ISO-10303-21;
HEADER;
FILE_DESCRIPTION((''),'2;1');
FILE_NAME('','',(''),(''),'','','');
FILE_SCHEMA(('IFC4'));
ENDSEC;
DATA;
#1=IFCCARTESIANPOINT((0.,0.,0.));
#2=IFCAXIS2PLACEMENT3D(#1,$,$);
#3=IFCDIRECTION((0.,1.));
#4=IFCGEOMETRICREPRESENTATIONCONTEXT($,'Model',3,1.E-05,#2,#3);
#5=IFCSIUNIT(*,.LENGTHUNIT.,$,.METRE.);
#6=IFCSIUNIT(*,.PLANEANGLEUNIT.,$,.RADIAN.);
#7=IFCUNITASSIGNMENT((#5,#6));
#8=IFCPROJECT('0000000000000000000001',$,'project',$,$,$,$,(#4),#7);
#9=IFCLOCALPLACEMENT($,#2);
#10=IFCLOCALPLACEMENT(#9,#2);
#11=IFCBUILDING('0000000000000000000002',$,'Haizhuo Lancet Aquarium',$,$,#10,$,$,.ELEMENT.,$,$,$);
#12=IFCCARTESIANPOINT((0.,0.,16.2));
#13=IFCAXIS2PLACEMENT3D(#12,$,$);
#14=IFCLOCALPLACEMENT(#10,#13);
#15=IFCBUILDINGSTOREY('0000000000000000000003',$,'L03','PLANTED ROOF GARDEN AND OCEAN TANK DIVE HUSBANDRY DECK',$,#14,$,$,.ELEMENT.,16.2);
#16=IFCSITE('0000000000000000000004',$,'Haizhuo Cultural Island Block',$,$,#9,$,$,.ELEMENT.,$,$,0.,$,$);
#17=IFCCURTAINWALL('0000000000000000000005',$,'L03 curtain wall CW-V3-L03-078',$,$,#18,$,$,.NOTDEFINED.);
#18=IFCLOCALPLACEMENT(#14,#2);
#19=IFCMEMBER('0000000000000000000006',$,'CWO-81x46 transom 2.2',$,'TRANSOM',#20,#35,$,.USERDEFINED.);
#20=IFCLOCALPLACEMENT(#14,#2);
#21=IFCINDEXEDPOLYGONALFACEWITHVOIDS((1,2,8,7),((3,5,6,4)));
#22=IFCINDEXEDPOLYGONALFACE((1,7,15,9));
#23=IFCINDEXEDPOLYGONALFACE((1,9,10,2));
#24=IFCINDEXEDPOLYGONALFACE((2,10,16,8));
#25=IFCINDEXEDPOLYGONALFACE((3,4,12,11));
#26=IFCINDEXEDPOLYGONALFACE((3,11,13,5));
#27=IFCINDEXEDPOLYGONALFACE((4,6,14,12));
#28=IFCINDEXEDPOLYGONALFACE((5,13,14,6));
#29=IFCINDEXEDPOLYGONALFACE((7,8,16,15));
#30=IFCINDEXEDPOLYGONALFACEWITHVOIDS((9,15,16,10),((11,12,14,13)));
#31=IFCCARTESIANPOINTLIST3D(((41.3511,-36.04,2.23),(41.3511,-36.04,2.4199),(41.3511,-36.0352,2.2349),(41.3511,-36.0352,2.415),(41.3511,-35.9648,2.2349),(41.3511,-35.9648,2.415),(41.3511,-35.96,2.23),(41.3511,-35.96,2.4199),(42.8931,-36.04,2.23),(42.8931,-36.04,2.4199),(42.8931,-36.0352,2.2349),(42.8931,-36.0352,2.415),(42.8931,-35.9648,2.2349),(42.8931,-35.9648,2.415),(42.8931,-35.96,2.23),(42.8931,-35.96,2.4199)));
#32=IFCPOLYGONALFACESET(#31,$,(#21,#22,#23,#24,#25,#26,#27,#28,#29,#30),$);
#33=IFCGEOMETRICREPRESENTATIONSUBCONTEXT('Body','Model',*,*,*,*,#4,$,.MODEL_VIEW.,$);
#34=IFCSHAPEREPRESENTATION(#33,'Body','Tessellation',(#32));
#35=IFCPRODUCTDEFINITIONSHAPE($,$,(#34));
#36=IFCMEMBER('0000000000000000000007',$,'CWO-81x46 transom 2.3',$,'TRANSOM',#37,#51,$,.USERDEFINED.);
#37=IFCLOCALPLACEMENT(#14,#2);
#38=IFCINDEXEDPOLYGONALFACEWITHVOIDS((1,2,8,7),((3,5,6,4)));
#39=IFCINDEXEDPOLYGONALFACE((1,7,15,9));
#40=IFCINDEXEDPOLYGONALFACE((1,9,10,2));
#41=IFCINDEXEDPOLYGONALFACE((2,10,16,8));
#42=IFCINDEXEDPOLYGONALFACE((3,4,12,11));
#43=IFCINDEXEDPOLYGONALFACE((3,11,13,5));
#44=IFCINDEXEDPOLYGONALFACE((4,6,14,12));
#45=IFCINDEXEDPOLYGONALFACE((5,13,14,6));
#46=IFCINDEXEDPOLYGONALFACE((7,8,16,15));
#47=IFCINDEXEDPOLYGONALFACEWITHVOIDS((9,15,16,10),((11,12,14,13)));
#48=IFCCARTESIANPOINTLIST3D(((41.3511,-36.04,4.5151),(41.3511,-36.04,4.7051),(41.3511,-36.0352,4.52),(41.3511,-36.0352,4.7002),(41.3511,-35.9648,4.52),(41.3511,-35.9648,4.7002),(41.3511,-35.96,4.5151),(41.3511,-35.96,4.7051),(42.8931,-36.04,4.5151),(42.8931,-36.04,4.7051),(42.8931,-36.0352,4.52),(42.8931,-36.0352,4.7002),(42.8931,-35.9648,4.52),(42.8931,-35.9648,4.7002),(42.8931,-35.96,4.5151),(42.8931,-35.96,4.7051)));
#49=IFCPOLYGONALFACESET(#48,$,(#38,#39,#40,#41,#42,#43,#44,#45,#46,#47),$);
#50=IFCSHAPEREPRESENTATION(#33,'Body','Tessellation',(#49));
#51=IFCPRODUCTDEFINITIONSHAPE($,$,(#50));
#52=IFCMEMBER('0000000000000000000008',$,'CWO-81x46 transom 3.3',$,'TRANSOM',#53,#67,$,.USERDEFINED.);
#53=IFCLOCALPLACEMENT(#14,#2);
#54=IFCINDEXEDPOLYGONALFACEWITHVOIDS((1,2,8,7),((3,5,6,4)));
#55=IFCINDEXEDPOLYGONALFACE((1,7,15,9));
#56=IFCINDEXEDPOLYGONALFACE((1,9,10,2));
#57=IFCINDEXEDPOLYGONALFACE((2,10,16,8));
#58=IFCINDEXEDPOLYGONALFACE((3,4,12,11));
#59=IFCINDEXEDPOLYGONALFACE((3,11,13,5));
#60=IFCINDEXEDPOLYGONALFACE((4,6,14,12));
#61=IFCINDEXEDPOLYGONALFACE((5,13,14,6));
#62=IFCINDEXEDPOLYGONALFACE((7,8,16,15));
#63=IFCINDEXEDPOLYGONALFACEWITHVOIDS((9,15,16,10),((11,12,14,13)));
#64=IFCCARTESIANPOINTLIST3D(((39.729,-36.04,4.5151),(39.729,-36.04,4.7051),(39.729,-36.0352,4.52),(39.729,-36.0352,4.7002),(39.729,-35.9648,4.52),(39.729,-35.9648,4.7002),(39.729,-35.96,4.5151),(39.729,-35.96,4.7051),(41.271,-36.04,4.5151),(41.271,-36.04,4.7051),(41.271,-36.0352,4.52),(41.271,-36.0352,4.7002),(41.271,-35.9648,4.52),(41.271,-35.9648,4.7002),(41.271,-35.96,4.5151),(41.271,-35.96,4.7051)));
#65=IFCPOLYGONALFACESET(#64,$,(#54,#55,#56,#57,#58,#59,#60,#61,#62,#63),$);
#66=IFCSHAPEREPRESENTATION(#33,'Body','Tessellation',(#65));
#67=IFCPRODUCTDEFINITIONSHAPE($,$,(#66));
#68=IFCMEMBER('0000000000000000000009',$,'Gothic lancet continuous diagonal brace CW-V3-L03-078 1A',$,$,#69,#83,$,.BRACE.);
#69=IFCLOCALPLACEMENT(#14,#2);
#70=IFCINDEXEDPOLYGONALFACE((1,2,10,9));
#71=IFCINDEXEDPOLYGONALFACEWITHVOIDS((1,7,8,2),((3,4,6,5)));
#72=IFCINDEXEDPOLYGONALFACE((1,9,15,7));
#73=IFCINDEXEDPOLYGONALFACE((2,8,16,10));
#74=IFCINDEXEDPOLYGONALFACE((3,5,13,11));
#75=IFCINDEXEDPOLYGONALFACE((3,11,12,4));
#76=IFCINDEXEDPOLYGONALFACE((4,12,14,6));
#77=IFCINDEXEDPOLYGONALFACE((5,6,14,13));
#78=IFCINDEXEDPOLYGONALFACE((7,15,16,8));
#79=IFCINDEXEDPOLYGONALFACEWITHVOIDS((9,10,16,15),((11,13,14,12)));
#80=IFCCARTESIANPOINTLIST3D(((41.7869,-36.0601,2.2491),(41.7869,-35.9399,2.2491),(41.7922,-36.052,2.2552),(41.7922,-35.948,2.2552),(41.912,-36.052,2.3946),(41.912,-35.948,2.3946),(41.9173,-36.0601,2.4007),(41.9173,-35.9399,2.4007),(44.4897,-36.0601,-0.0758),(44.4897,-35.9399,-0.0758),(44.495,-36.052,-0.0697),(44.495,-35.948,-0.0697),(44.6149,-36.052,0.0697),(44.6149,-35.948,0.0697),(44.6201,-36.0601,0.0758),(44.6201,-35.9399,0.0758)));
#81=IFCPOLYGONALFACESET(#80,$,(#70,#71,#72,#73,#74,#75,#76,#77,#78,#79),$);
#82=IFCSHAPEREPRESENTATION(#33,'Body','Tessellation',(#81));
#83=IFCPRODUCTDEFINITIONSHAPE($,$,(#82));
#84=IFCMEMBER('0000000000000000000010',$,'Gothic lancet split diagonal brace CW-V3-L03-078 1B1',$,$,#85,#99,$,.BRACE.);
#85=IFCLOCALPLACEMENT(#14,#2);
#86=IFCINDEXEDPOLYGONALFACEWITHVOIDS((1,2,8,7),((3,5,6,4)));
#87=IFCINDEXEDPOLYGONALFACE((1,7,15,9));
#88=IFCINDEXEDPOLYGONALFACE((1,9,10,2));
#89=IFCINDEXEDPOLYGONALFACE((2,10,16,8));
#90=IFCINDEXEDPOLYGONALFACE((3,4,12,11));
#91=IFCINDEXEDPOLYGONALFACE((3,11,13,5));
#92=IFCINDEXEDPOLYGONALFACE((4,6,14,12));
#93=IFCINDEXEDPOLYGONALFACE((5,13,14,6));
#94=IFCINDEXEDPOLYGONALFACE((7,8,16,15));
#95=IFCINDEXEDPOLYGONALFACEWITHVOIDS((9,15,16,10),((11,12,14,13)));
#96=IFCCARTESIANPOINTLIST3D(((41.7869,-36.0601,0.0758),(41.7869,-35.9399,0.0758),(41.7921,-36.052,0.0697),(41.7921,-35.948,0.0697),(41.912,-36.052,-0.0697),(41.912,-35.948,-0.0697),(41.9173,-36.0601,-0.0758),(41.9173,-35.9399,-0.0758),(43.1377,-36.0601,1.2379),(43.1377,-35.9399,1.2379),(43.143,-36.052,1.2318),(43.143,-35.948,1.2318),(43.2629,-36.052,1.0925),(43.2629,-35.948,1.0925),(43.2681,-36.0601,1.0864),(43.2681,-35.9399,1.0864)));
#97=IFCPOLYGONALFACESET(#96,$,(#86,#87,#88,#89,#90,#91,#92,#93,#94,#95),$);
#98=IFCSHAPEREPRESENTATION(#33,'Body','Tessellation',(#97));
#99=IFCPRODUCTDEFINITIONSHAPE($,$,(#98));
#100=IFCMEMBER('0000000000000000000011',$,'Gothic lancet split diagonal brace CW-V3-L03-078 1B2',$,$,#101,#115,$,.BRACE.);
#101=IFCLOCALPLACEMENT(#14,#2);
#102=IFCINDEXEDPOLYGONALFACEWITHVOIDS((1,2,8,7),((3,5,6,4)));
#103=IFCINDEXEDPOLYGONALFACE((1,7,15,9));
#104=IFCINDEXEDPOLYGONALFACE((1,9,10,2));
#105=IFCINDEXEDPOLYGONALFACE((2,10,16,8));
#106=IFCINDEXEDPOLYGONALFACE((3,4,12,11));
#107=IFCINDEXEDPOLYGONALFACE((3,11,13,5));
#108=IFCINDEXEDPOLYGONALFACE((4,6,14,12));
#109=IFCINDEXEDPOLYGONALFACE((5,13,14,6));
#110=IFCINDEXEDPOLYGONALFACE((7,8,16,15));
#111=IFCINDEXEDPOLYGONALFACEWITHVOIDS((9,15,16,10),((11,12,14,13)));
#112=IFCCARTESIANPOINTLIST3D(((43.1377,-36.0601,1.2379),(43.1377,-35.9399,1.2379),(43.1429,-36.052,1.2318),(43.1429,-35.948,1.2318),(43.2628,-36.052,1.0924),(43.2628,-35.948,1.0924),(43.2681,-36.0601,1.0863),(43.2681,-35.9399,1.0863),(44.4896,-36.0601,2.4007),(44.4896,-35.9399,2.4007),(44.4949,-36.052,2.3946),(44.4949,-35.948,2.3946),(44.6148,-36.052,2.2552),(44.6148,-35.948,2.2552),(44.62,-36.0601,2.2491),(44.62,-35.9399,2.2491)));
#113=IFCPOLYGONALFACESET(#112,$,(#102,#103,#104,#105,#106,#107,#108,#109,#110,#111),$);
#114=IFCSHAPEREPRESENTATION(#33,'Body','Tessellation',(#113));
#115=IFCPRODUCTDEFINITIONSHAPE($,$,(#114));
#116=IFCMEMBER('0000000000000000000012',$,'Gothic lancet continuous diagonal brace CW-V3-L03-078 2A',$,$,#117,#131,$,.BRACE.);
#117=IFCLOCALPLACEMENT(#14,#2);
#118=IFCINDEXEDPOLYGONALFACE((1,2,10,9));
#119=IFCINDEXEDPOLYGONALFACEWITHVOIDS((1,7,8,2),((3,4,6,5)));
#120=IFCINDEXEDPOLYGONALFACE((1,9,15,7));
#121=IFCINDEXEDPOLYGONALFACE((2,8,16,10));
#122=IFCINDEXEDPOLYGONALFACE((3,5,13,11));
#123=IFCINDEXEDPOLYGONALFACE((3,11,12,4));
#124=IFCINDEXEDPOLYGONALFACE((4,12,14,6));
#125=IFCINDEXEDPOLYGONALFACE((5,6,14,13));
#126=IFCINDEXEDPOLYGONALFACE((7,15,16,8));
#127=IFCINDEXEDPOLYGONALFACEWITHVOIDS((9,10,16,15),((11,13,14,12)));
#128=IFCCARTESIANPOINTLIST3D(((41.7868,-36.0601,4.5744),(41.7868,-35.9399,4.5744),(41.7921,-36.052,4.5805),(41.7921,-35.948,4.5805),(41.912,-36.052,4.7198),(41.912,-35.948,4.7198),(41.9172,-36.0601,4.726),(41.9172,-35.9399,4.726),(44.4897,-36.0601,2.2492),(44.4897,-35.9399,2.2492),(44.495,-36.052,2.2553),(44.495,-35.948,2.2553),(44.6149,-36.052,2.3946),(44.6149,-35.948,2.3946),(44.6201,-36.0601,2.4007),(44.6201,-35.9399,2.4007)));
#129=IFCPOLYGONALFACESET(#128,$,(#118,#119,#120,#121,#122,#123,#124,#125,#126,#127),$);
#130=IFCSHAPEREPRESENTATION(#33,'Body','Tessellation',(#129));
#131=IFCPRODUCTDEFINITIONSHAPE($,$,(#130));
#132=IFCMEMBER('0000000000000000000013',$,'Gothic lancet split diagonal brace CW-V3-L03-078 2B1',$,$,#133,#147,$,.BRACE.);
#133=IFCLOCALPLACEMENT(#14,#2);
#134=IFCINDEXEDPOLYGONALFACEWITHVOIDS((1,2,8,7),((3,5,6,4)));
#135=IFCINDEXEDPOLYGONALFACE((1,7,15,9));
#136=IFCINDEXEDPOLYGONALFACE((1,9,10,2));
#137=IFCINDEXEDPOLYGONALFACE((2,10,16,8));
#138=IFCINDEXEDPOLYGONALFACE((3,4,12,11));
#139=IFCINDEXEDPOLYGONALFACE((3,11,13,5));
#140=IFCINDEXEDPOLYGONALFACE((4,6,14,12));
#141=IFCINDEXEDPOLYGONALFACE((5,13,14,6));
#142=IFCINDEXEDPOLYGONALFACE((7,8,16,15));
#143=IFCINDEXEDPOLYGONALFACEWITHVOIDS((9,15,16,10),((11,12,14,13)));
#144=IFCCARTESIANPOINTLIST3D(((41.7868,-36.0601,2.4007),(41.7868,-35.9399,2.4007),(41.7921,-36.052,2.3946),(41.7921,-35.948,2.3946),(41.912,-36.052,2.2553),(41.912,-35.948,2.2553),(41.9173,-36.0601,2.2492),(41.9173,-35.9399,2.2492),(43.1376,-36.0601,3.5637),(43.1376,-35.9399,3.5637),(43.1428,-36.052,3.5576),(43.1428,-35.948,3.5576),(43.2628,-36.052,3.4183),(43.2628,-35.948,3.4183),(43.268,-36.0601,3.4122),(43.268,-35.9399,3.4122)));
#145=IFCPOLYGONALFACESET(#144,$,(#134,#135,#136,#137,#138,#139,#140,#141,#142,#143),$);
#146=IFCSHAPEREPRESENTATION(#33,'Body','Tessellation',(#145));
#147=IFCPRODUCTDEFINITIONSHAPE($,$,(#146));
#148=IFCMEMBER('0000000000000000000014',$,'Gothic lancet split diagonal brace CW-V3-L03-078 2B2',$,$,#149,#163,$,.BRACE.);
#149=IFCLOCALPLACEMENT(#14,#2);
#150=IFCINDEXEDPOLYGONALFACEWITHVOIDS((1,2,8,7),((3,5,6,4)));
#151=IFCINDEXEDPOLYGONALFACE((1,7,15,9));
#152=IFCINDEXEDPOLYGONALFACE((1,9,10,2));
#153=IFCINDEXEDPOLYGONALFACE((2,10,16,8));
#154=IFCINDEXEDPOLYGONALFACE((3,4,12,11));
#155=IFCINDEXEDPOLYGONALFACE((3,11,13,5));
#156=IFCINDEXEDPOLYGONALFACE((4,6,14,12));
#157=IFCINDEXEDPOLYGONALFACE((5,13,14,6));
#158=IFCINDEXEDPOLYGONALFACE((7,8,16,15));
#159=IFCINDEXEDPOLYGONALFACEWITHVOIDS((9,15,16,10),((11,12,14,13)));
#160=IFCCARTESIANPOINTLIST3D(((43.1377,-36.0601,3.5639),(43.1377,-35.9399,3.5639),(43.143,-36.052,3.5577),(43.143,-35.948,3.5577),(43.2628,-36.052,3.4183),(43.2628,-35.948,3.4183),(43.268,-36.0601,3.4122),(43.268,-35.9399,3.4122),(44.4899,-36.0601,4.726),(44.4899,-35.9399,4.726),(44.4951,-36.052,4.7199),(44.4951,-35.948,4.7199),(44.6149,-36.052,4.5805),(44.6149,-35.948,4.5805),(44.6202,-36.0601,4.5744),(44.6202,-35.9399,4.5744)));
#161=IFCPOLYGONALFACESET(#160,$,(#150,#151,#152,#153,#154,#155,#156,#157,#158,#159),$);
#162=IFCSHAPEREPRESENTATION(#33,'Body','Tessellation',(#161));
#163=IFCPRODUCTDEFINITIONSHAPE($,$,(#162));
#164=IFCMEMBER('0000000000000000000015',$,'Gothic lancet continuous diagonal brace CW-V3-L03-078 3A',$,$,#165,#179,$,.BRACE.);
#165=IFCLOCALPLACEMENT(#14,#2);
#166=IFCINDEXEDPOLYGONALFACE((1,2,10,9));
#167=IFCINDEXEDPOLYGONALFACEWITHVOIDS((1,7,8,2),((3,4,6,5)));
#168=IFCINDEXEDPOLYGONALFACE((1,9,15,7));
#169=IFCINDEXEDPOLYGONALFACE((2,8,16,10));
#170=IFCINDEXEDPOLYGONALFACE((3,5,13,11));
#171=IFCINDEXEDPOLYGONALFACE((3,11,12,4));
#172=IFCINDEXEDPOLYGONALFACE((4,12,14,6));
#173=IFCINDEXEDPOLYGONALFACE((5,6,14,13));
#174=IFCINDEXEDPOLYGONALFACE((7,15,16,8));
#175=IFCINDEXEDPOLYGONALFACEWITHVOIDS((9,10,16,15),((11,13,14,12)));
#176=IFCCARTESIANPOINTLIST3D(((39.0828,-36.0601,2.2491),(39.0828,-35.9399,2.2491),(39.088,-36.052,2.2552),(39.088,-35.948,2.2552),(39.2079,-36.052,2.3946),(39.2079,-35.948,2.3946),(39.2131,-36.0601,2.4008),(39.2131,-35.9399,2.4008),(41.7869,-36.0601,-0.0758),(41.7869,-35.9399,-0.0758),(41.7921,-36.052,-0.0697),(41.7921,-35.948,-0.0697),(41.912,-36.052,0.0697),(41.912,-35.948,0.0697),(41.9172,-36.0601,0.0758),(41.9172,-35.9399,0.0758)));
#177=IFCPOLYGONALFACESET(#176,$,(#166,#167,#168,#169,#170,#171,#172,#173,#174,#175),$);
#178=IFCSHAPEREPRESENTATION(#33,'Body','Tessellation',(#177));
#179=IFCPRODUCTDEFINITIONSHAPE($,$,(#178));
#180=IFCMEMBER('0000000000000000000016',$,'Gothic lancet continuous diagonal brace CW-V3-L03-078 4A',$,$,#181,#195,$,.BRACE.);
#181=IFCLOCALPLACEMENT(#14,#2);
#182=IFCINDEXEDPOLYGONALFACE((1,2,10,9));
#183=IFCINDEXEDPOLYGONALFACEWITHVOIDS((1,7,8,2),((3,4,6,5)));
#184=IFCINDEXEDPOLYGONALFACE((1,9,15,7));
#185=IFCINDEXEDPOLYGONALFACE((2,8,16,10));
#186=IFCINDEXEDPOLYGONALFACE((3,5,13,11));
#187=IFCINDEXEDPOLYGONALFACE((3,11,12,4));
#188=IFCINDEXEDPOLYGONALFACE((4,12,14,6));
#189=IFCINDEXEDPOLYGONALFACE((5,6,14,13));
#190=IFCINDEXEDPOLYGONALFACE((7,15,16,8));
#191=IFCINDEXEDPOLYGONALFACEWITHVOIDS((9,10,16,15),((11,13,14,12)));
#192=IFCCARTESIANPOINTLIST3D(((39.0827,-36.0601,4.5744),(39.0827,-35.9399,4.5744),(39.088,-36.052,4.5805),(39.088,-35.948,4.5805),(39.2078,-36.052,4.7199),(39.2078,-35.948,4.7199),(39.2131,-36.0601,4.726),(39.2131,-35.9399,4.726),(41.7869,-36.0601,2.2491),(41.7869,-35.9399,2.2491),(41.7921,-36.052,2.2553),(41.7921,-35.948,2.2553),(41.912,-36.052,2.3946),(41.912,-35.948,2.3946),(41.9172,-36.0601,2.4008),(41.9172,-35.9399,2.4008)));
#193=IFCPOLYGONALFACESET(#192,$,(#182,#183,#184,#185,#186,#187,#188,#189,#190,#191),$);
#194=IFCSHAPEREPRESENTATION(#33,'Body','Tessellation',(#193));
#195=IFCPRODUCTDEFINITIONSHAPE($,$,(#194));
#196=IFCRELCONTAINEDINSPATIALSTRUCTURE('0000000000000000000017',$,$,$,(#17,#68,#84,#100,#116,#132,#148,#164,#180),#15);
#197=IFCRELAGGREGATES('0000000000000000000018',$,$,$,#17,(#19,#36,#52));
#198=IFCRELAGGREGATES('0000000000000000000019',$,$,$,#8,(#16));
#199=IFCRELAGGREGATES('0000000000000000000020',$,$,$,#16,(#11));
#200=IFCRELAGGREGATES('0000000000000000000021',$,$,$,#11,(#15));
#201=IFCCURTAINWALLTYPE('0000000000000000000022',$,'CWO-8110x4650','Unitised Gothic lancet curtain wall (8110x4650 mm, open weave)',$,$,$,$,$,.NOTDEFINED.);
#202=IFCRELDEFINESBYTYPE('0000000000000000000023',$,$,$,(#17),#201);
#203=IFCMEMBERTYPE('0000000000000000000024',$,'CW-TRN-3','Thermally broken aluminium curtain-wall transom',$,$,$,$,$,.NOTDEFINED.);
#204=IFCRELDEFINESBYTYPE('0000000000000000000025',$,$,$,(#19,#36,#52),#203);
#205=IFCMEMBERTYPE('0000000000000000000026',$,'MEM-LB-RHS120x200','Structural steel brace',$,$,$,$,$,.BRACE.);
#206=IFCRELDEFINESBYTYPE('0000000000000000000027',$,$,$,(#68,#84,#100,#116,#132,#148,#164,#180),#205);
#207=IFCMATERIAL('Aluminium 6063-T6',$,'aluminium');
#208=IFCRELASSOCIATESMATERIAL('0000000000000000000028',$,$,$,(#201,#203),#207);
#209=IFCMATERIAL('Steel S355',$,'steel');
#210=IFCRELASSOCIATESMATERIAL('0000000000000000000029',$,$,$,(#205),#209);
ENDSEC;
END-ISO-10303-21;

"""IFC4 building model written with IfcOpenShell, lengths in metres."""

from ifc_helpers import new_model, si_unit, direction, frame, origin, origin_2d, place, context, subcontext, project, spatial, hollow_rectangle, extrude, material, material_profile, profile_set, type_object, element, aggregate, save


model = new_model("IFC4")

# Units and contexts
model_context = context("Model", 3, precision=1e-05, world=origin(), true_north=direction((0.0, 1.0)))
body_context = subcontext(model_context, "Body", "Model", "MODEL_VIEW")
ifc_project = project(units=[si_unit("LENGTHUNIT", "METRE"), si_unit("PLANEANGLEUNIT", "RADIAN")], contexts=[model_context])

# Site, building, storey
site_placement = place(None, origin())
site = spatial("IfcSite", under=ifc_project, at=site_placement, Name="Haizhuo Cultural Island Block", CompositionType="ELEMENT", RefElevation=0.0)
building_placement = place(site_placement, origin())
building = spatial("IfcBuilding", under=site, at=building_placement, Name="Haizhuo Lancet Aquarium", CompositionType="ELEMENT")
storey_placement = place(building_placement, frame((0.0, 0.0, 16.2)))
storey = spatial("IfcBuildingStorey", under=building, at=storey_placement, Name="L03", Description="PLANTED ROOF GARDEN AND OCEAN TANK DIVE HUSBANDRY DECK", CompositionType="ELEMENT", Elevation=16.2)

# Curtain wall, members
ifc_material_1 = material(Name="Aluminium 6063-T6", Category="aluminium")
curtain_wall_type = type_object("IfcCurtainWallType", Name="CWO-8110x4650", Description="Unitised Gothic lancet curtain wall (8110x4650 mm, open weave)", PredefinedType="NOTDEFINED", material=ifc_material_1)
curtain_wall_placement = place(storey_placement, origin())
curtain_wall = element("IfcCurtainWall", 1, at=curtain_wall_placement, inside=storey, type_object=curtain_wall_type, Name="L03 curtain wall CW-V3-L03-078", PredefinedType="NOTDEFINED")
ifc_material_profile_1 = material_profile(ifc_material_1, hollow_rectangle(XDim=0.0801, YDim=0.1899, WallThickness=0.0049, at=origin_2d()), Name="ALU-T 80x190x5")
ifc_profile_set_1 = profile_set([ifc_material_profile_1], Name="Aluminium 6063-T6")
member_type_1 = type_object("IfcMemberType", Name="CW-TRN-3", Description="Thermally broken aluminium curtain-wall transom", PredefinedType="NOTDEFINED", material=ifc_profile_set_1)
member_1_placement = place(storey_placement, frame((42.8931, -36.0, 2.325), z_axis=(-1.0, 0.0, 0.0), x_axis=(0.0, -1.0, 0.0)))
member_1 = element("IfcMember", 2, at=member_1_placement, type_object=member_type_1, Name="CWO-81x46 transom 2.2", ObjectType="TRANSOM", PredefinedType="USERDEFINED", context=body_context, shape_type="SweptSolid", body=[
    extrude(hollow_rectangle(XDim=0.0801, YDim=0.1899, WallThickness=0.0049, at=origin_2d()), origin(), (0.0, 0.0, 1.0), 1.542),
])
member_2_placement = place(storey_placement, frame((42.8931, -36.0, 4.6101), z_axis=(-1.0, 0.0, 0.0), x_axis=(0.0, -1.0, 0.0)))
member_2 = element("IfcMember", 3, at=member_2_placement, type_object=member_type_1, Name="CWO-81x46 transom 2.3", ObjectType="TRANSOM", PredefinedType="USERDEFINED", context=body_context, shape_type="SweptSolid", body=[
    extrude(hollow_rectangle(XDim=0.0801, YDim=0.1899, WallThickness=0.0049, at=origin_2d()), origin(), (0.0, 0.0, 1.0), 1.542),
])
member_3_placement = place(storey_placement, frame((41.271, -36.0, 4.6101), z_axis=(-1.0, 0.0, 0.0), x_axis=(0.0, -1.0, 0.0)))
member_3 = element("IfcMember", 4, at=member_3_placement, type_object=member_type_1, Name="CWO-81x46 transom 3.3", ObjectType="TRANSOM", PredefinedType="USERDEFINED", context=body_context, shape_type="SweptSolid", body=[
    extrude(hollow_rectangle(XDim=0.0801, YDim=0.1899, WallThickness=0.0049, at=origin_2d()), origin(), (0.0, 0.0, 1.0), 1.542),
])

# Members
ifc_material_2 = material(Name="Steel S355", Category="steel")
ifc_material_profile_2 = material_profile(ifc_material_2, hollow_rectangle(XDim=0.1201, YDim=0.2, WallThickness=0.0081, at=origin_2d()), Name="RHS 120x200x8")
ifc_profile_set_2 = profile_set([ifc_material_profile_2], Name="Steel S355")
member_type_2 = type_object("IfcMemberType", Name="MEM-LB-RHS120x200", Description="Structural steel brace", PredefinedType="BRACE", material=ifc_profile_set_2)
member_4_placement = place(storey_placement, frame((44.5549, -36.0, 0.0), z_axis=(-0.75812, 0.0, 0.652116), x_axis=(0.0, -1.0, 0.0)))
element("IfcMember", 5, at=member_4_placement, inside=storey, type_object=member_type_2, Name="Gothic lancet continuous diagonal brace CW-V3-L03-078 1A", PredefinedType="BRACE", context=body_context, shape_type="SweptSolid", body=[
    extrude(hollow_rectangle(XDim=0.1201, YDim=0.2, WallThickness=0.0081, at=origin_2d()), origin(), (0.0, 0.0, 1.0), 3.5652),
])
member_5_placement = place(storey_placement, frame((41.8521, -36.0, 0.0), z_axis=(0.758075, 0.0, 0.652167), x_axis=(0.0, 1.0, 0.0)))
element("IfcMember", 6, at=member_5_placement, inside=storey, type_object=member_type_2, Name="Gothic lancet split diagonal brace CW-V3-L03-078 1B1", PredefinedType="BRACE", context=body_context, shape_type="SweptSolid", body=[
    extrude(hollow_rectangle(XDim=0.1201, YDim=0.2, WallThickness=0.0081, at=origin_2d()), origin(), (0.0, 0.0, 1.0), 1.782),
])
member_6_placement = place(storey_placement, frame((43.2029, -36.0, 1.1621), z_axis=(0.758164, 0.0, 0.652064), x_axis=(0.0, 1.0, 0.0)))
element("IfcMember", 7, at=member_6_placement, inside=storey, type_object=member_type_2, Name="Gothic lancet split diagonal brace CW-V3-L03-078 1B2", PredefinedType="BRACE", context=body_context, shape_type="SweptSolid", body=[
    extrude(hollow_rectangle(XDim=0.1201, YDim=0.2, WallThickness=0.0081, at=origin_2d()), origin(), (0.0, 0.0, 1.0), 1.7832),
])
member_7_placement = place(storey_placement, frame((44.5549, -36.0, 2.325), z_axis=(-0.758086, 0.0, 0.652155), x_axis=(0.0, -1.0, 0.0)))
element("IfcMember", 8, at=member_7_placement, inside=storey, type_object=member_type_2, Name="Gothic lancet continuous diagonal brace CW-V3-L03-078 2A", PredefinedType="BRACE", context=body_context, shape_type="SweptSolid", body=[
    extrude(hollow_rectangle(XDim=0.1201, YDim=0.2, WallThickness=0.0081, at=origin_2d()), origin(), (0.0, 0.0, 1.0), 3.5654),
])
member_8_placement = place(storey_placement, frame((41.8521, -36.0, 2.325), z_axis=(0.757805, 0.0, 0.652482), x_axis=(0.0, 1.0, 0.0)))
element("IfcMember", 9, at=member_8_placement, inside=storey, type_object=member_type_2, Name="Gothic lancet split diagonal brace CW-V3-L03-078 2B1", PredefinedType="BRACE", context=body_context, shape_type="SweptSolid", body=[
    extrude(hollow_rectangle(XDim=0.1201, YDim=0.2, WallThickness=0.0081, at=origin_2d()), origin(), (0.0, 0.0, 1.0), 1.7825),
])
member_9_placement = place(storey_placement, frame((43.2029, -36.0, 3.488), z_axis=(0.758367, 0.0, 0.651828), x_axis=(0.0, 1.0, 0.0)))
element("IfcMember", 10, at=member_9_placement, inside=storey, type_object=member_type_2, Name="Gothic lancet split diagonal brace CW-V3-L03-078 2B2", PredefinedType="BRACE", context=body_context, shape_type="SweptSolid", body=[
    extrude(hollow_rectangle(XDim=0.1201, YDim=0.2, WallThickness=0.0081, at=origin_2d()), origin(), (0.0, 0.0, 1.0), 1.783),
])
member_10_placement = place(storey_placement, frame((41.8521, -36.0, 0.0), z_axis=(-0.758265, 0.0, 0.651946), x_axis=(0.0, -1.0, 0.0)))
element("IfcMember", 11, at=member_10_placement, inside=storey, type_object=member_type_2, Name="Gothic lancet continuous diagonal brace CW-V3-L03-078 3A", PredefinedType="BRACE", context=body_context, shape_type="SweptSolid", body=[
    extrude(hollow_rectangle(XDim=0.1201, YDim=0.2, WallThickness=0.0081, at=origin_2d()), origin(), (0.0, 0.0, 1.0), 3.5662),
])
member_11_placement = place(storey_placement, frame((41.8521, -36.0, 2.325), z_axis=(-0.758231, 0.0, 0.651986), x_axis=(0.0, -1.0, 0.0)))
element("IfcMember", 12, at=member_11_placement, inside=storey, type_object=member_type_2, Name="Gothic lancet continuous diagonal brace CW-V3-L03-078 4A", PredefinedType="BRACE", context=body_context, shape_type="SweptSolid", body=[
    extrude(hollow_rectangle(XDim=0.1201, YDim=0.2, WallThickness=0.0081, at=origin_2d()), origin(), (0.0, 0.0, 1.0), 3.5664),
])

aggregate(curtain_wall, [member_1, member_2, member_3])

save(model, "model.ifc")
